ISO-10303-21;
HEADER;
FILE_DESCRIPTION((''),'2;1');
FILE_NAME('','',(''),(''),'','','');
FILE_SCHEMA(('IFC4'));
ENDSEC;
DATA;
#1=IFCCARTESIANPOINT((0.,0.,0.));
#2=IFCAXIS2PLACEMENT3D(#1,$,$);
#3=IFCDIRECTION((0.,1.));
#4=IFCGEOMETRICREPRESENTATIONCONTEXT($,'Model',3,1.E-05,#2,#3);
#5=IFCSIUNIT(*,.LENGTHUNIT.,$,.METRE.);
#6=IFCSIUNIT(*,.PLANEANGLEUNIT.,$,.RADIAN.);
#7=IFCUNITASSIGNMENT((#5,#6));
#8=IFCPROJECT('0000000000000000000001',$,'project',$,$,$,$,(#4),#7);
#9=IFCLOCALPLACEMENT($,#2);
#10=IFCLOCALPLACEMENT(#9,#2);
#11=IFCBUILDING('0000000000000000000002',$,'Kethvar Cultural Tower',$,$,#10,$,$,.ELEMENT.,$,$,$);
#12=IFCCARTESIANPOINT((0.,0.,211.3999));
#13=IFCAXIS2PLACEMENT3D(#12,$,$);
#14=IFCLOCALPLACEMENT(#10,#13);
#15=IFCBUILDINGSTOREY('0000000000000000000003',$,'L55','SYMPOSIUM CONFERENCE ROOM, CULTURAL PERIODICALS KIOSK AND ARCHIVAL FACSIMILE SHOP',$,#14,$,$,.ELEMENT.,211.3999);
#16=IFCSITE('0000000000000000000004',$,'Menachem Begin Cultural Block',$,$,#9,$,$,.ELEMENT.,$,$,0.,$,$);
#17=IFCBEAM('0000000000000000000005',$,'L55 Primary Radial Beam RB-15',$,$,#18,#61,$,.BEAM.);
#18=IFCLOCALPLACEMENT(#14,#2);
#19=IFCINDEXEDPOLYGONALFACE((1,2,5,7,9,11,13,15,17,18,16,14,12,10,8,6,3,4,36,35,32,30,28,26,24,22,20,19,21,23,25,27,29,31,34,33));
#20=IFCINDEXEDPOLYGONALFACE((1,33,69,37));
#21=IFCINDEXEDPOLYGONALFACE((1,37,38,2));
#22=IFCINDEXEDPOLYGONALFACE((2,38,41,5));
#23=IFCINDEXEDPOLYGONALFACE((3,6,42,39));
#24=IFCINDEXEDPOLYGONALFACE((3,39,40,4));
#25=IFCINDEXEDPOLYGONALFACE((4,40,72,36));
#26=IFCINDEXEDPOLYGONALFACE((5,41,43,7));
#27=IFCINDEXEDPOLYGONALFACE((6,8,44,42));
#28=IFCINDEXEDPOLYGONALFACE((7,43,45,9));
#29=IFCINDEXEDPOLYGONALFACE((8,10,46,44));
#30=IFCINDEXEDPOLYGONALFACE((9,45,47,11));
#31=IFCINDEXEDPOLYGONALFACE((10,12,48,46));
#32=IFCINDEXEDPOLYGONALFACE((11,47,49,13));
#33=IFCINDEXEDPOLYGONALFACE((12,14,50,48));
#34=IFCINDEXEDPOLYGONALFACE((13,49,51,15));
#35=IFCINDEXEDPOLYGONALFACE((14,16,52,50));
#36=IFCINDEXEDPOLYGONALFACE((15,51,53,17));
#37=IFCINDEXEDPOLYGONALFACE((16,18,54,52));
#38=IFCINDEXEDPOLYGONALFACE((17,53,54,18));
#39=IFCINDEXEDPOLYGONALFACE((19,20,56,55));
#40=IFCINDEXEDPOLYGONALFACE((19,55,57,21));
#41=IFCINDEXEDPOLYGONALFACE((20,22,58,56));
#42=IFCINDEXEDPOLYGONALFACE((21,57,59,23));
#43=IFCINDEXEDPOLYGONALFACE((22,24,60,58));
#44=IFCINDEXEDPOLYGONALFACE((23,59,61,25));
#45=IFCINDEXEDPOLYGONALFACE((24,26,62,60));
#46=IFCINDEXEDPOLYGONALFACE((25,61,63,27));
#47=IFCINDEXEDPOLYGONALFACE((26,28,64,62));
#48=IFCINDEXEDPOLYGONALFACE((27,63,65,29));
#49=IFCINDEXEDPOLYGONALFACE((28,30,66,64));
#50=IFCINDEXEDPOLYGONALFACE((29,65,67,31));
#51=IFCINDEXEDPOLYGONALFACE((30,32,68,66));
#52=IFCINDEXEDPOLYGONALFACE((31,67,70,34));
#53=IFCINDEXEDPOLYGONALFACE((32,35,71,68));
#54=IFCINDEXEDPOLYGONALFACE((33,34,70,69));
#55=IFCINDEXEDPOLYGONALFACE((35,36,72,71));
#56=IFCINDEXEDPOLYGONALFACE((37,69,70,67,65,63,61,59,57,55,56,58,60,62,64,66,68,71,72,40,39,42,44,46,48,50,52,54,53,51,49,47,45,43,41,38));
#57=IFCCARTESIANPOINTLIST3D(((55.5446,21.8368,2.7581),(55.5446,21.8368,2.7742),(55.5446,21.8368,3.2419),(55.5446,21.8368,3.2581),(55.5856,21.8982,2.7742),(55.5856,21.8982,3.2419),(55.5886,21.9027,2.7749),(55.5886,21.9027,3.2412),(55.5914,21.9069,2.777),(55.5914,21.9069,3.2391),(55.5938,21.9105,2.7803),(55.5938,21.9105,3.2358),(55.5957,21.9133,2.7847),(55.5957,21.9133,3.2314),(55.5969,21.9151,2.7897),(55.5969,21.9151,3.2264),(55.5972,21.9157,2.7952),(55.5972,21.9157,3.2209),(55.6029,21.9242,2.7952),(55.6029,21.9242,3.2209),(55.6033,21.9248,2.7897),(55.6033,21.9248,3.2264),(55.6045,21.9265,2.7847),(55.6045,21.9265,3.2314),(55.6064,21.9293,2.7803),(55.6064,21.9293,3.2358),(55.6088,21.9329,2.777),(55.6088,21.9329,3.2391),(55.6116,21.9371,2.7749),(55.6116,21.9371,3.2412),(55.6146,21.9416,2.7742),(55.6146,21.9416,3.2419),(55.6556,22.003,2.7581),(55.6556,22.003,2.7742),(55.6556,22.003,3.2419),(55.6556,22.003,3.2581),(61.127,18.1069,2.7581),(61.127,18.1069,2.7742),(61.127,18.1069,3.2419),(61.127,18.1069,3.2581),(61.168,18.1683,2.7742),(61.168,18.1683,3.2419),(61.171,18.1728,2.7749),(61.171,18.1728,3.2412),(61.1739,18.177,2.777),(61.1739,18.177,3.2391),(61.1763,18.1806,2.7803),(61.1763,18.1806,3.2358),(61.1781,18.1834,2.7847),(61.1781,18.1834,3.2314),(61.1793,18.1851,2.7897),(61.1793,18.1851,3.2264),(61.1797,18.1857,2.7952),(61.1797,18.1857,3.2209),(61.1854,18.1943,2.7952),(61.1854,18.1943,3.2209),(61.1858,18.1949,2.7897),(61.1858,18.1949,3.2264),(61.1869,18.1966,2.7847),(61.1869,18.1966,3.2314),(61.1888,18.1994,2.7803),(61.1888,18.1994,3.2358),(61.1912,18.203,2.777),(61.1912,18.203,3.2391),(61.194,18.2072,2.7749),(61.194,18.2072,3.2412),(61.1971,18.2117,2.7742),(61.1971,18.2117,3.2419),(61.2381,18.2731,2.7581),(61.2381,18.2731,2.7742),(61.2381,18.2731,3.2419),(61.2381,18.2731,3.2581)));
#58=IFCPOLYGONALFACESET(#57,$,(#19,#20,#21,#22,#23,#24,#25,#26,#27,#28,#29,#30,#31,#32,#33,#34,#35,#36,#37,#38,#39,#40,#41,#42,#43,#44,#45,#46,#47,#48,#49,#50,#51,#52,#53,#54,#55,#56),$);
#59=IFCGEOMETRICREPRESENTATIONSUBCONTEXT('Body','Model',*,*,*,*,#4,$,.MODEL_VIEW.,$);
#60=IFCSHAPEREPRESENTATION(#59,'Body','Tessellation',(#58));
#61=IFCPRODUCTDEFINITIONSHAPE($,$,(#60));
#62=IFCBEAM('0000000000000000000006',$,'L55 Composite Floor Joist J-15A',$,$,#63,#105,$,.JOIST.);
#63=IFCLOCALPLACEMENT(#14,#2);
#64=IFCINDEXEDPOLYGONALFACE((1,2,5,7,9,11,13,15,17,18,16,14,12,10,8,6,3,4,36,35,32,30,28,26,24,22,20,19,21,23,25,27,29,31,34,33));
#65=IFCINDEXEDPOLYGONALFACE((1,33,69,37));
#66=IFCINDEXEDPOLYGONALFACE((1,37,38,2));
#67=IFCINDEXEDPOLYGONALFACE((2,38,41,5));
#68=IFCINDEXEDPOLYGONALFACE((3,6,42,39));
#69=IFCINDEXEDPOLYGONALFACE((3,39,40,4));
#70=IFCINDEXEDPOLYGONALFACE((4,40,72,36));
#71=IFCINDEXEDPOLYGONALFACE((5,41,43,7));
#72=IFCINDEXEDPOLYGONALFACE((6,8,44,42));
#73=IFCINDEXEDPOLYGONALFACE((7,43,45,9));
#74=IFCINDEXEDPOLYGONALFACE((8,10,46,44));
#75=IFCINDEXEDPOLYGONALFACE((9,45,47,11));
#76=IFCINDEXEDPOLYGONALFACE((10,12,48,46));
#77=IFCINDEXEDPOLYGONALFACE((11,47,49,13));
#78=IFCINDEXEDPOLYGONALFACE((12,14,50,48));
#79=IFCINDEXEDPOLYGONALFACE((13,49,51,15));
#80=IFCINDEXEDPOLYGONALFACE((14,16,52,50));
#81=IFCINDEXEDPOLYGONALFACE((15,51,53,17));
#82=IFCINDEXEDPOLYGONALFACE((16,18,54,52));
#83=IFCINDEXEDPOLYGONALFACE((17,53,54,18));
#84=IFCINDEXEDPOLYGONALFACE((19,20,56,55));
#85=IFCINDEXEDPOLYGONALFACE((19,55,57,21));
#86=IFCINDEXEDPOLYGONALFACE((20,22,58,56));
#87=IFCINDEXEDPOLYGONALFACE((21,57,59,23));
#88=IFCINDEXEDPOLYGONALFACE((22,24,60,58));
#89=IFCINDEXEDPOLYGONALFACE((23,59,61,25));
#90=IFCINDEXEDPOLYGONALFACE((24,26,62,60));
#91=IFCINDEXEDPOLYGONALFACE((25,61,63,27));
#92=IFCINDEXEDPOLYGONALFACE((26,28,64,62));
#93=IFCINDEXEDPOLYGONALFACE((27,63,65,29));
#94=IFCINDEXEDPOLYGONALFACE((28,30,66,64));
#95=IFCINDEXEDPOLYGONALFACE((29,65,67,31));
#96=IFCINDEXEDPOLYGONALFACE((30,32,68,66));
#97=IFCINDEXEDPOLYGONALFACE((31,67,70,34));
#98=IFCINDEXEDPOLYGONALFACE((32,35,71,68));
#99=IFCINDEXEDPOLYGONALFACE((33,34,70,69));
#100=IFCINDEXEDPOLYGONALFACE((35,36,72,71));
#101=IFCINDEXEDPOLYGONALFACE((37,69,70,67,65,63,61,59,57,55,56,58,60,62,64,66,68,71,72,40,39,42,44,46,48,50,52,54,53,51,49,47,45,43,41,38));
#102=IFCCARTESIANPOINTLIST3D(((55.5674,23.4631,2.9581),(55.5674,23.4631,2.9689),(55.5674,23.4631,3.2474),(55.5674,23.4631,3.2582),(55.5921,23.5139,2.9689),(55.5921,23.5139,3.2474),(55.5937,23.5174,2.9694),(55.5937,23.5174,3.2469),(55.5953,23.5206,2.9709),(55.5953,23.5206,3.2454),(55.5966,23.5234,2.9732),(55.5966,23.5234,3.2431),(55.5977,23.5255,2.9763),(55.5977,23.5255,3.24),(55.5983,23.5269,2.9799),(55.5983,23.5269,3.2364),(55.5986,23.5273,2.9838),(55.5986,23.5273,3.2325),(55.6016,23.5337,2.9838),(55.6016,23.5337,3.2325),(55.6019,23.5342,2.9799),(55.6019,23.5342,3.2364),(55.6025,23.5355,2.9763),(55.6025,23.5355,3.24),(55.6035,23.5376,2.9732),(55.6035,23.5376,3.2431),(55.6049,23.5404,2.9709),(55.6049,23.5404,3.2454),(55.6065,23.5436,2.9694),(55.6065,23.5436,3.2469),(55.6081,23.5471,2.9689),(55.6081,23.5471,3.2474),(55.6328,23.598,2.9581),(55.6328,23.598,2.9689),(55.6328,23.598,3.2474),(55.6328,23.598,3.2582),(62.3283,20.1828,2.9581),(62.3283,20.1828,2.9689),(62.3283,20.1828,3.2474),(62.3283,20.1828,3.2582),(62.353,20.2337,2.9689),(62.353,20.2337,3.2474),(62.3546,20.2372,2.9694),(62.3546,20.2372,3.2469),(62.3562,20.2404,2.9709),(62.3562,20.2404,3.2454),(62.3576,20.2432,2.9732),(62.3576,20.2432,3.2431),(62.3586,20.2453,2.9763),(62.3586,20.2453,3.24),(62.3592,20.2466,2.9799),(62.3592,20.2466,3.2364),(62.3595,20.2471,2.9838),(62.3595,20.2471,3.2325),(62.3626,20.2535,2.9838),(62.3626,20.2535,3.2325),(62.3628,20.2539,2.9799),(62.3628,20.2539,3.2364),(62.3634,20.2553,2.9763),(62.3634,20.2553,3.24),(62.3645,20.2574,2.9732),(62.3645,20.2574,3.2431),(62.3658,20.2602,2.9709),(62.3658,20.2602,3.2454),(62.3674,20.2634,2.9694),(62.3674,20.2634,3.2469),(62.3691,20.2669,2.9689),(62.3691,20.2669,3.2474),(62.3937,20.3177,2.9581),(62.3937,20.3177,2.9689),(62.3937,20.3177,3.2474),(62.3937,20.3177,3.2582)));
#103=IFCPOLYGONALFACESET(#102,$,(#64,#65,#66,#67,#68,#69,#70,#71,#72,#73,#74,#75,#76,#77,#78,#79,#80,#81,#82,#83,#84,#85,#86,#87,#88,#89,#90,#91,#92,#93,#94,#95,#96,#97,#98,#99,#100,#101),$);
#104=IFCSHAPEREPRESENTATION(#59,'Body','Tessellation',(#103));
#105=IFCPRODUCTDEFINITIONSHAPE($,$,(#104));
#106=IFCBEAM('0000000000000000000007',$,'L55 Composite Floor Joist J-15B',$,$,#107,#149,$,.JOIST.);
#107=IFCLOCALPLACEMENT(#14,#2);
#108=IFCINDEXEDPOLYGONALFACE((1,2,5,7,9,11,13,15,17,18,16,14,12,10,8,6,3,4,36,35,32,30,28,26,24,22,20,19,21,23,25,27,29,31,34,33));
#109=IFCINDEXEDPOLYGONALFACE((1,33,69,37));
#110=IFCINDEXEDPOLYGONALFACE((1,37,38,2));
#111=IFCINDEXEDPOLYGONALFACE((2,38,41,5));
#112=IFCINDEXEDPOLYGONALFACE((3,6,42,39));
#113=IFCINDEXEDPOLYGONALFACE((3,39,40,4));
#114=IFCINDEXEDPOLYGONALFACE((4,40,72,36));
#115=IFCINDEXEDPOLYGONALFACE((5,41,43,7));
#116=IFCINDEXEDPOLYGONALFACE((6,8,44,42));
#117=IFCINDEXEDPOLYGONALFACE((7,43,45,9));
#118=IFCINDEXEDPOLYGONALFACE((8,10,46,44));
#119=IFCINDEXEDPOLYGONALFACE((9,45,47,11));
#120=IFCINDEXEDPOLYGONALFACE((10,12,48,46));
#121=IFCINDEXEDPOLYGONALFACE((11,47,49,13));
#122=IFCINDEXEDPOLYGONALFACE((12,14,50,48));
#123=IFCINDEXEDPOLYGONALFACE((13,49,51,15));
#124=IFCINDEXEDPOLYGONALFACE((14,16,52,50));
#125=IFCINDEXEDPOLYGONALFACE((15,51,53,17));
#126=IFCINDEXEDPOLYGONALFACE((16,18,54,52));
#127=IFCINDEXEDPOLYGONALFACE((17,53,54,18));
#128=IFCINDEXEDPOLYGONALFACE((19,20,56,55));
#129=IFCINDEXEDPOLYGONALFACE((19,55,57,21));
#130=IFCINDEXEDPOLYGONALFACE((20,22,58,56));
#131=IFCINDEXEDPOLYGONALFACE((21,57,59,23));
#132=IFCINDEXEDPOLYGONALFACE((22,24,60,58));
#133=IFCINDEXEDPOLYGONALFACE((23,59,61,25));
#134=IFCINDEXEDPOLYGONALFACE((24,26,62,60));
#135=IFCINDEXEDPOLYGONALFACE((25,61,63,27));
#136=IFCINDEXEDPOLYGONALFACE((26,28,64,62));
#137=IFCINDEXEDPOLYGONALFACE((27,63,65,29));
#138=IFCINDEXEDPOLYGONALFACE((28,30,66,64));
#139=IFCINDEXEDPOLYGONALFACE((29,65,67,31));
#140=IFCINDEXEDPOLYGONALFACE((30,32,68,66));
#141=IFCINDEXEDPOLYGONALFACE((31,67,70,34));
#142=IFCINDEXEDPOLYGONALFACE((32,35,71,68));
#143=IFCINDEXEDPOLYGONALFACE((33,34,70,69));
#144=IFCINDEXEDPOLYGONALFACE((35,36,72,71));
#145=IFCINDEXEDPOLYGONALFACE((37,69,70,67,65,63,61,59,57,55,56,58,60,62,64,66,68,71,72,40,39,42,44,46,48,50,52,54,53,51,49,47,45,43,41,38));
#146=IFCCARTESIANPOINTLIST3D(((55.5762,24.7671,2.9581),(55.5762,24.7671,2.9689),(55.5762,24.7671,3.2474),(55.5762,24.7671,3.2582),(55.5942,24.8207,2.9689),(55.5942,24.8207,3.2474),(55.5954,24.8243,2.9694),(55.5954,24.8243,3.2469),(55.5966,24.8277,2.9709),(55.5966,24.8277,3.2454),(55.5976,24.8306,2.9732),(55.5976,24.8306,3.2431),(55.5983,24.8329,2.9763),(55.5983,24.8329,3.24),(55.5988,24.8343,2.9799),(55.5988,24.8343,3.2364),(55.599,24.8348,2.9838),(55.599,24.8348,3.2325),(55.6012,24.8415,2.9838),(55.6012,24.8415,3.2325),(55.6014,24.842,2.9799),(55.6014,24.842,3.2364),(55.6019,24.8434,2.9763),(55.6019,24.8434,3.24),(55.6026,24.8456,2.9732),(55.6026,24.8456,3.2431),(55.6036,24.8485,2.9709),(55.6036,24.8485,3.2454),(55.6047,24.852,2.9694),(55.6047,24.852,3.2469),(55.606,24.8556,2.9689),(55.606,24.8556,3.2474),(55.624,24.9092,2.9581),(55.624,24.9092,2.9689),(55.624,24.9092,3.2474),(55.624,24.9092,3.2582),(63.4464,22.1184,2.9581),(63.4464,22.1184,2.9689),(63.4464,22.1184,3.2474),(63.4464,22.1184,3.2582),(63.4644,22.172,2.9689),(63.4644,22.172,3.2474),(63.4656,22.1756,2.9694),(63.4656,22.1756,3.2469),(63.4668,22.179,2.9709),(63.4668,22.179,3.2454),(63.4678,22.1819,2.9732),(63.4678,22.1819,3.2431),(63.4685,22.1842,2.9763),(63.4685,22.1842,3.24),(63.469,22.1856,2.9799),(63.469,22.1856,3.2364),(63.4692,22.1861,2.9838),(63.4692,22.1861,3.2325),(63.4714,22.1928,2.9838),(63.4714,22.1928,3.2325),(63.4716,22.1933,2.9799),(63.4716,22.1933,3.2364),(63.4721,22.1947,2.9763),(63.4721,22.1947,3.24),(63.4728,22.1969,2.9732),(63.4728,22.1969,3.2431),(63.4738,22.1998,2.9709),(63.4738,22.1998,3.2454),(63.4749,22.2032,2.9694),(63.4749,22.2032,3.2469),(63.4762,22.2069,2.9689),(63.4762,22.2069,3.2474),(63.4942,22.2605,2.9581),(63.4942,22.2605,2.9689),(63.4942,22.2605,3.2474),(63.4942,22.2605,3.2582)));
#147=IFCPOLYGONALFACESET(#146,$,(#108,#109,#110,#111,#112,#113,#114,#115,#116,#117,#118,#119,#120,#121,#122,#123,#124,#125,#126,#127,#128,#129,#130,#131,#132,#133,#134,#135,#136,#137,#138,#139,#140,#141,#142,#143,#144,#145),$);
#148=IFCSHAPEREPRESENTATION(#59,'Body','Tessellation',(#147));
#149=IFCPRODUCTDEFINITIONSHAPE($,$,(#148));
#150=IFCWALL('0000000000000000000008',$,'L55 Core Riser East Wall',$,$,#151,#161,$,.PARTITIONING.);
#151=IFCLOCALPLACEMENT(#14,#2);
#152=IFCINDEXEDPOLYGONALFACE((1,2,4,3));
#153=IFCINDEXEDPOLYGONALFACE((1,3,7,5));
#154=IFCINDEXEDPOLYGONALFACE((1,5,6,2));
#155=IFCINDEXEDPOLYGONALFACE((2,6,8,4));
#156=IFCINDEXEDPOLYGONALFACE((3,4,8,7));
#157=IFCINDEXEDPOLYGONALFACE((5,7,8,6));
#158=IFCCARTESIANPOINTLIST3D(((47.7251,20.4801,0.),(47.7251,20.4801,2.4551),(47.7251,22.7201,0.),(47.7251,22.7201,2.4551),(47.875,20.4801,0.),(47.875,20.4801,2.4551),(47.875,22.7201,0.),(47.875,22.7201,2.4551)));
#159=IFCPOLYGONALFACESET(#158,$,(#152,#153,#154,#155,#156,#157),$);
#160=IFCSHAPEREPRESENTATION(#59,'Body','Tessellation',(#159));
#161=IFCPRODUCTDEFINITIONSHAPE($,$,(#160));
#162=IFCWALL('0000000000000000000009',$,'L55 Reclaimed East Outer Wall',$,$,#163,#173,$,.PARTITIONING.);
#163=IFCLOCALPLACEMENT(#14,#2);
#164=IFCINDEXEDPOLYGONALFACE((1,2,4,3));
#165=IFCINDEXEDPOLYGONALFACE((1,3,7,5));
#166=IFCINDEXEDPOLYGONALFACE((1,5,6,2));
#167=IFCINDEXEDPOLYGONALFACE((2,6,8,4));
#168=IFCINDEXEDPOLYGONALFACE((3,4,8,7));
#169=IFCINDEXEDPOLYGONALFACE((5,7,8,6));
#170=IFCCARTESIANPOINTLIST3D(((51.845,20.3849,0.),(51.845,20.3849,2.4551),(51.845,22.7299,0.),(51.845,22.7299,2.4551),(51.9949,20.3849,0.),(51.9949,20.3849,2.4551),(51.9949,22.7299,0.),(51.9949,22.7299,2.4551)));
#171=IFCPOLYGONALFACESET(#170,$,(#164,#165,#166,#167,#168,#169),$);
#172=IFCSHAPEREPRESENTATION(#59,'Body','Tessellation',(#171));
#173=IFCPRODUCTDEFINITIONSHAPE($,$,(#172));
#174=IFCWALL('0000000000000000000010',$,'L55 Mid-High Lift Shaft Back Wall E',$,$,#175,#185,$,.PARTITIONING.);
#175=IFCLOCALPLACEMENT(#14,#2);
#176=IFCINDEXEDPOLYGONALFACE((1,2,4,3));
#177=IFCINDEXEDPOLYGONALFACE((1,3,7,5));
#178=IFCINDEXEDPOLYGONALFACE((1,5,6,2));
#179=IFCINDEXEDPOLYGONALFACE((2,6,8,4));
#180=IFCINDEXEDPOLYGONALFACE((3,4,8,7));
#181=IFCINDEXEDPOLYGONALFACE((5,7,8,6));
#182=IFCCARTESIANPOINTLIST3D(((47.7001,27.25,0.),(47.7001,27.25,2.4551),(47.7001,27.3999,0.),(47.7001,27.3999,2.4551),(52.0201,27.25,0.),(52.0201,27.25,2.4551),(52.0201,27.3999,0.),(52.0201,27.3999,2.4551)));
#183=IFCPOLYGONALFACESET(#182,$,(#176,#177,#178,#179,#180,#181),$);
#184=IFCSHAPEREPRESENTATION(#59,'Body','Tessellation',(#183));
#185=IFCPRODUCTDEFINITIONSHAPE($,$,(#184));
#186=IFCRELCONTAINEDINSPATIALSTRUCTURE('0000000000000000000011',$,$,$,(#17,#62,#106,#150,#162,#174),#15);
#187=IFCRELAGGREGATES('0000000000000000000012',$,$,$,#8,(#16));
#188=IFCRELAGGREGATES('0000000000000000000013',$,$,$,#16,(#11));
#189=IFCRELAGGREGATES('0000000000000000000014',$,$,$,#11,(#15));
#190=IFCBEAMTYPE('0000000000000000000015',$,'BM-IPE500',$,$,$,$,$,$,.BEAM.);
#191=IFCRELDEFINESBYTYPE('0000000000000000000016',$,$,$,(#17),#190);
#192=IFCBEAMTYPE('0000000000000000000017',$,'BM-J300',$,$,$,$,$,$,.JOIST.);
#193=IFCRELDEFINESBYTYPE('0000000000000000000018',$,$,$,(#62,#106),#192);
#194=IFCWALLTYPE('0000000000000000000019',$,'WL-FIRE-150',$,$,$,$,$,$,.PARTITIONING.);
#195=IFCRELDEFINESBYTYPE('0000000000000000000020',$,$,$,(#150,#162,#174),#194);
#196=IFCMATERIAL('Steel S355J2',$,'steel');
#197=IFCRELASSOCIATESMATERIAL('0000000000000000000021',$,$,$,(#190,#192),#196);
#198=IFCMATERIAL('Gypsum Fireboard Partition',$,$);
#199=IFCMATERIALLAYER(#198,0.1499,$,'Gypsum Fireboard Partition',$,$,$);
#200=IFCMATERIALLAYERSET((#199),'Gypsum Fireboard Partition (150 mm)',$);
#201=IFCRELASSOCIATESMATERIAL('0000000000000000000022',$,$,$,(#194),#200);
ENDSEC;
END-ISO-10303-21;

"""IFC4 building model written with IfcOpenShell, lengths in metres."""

from ifc_helpers import new_model, si_unit, direction, frame, frame_2d, origin, origin_2d, place, context, subcontext, project, spatial, rectangle, i_section, extrude, source, transform, mapped, material, layer, layer_set, material_profile, profile_set, type_object, element, save


model = new_model("IFC4")

# Units and contexts
model_context = context("Model", 3, precision=1e-05, world=origin(), true_north=direction((0.0, 1.0)))
body_context = subcontext(model_context, "Body", "Model", "MODEL_VIEW")
ifc_project = project(units=[si_unit("LENGTHUNIT", "METRE"), si_unit("PLANEANGLEUNIT", "RADIAN")], contexts=[model_context])

# Site, building, storey
site_placement = place(None, origin())
site = spatial("IfcSite", under=ifc_project, at=site_placement, Name="Menachem Begin Cultural Block", CompositionType="ELEMENT", RefElevation=0.0)
building_placement = place(site_placement, origin())
building = spatial("IfcBuilding", under=site, at=building_placement, Name="Kethvar Cultural Tower", CompositionType="ELEMENT")
storey_placement = place(building_placement, frame((0.0, 0.0, 211.3999)))
storey = spatial("IfcBuildingStorey", under=building, at=storey_placement, Name="L55", Description="SYMPOSIUM CONFERENCE ROOM, CULTURAL PERIODICALS KIOSK AND ARCHIVAL FACSIMILE SHOP", CompositionType="ELEMENT", Elevation=211.3999)

# Beams
ifc_material_1 = material(Name="Steel S355J2", Category="steel")
ifc_material_profile_1 = material_profile(ifc_material_1, i_section(OverallWidth=0.2, OverallDepth=0.5, WebThickness=0.0103, FlangeThickness=0.0161, FilletRadius=0.021, at=origin_2d()), Name="Steel S355J2 — IPE500")
ifc_profile_set_1 = profile_set([ifc_material_profile_1], Name="Steel S355J2 — IPE500")
beam_type_1 = type_object("IfcBeamType", Name="BM-IPE500", PredefinedType="BEAM", material=ifc_profile_set_1)
shared_shape_1 = source(origin(), body_context, "Body", "SweptSolid", [
    extrude(i_section(OverallWidth=0.2, OverallDepth=0.5, WebThickness=0.0103, FlangeThickness=0.0161, FilletRadius=0.021, at=origin_2d()), origin(), (0.0, 0.0, 1.0), 6.7139),
])
beam_1_placement = place(storey_placement, frame((55.6001, 21.9199, 3.0081), z_axis=(0.831479, -0.555556, 0.0), x_axis=(0.555556, 0.831479, 0.0)))
element("IfcBeam", 1, at=beam_1_placement, inside=storey, type_object=beam_type_1, Name="L55 Primary Radial Beam RB-15", PredefinedType="BEAM", context=body_context, shape_type="MappedRepresentation", body=[
    mapped(shared_shape_1, transform((0.0, 0.0, 0.0), scale=1.0)),
])
ifc_material_profile_2 = material_profile(ifc_material_1, i_section(OverallWidth=0.1499, OverallDepth=0.3, WebThickness=0.0071, FlangeThickness=0.0107, FilletRadius=0.0149, at=origin_2d()), Name="Steel S355J2 — IPE300")
ifc_profile_set_2 = profile_set([ifc_material_profile_2], Name="Steel S355J2 — IPE300")
beam_type_2 = type_object("IfcBeamType", Name="BM-J300", PredefinedType="JOIST", material=ifc_profile_set_2)
shared_shape_2 = source(origin(), body_context, "Body", "SweptSolid", [
    extrude(i_section(OverallWidth=0.1499, OverallDepth=0.3, WebThickness=0.0071, FlangeThickness=0.0107, FilletRadius=0.0149, at=origin_2d()), origin(), (0.0, 0.0, 1.0), 7.5146),
])
beam_2_placement = place(storey_placement, frame((55.6001, 23.5305, 3.1082), z_axis=(0.899698, -0.436513, 0.0), x_axis=(0.436513, 0.899698, 0.0)))
element("IfcBeam", 2, at=beam_2_placement, inside=storey, type_object=beam_type_2, Name="L55 Composite Floor Joist J-15A", PredefinedType="JOIST", context=body_context, shape_type="MappedRepresentation", body=[
    mapped(shared_shape_2, transform((0.0, 0.0, 0.0), scale=1.0)),
])
shared_shape_3 = source(origin(), body_context, "Body", "SweptSolid", [
    extrude(i_section(OverallWidth=0.1499, OverallDepth=0.3, WebThickness=0.0071, FlangeThickness=0.0107, FilletRadius=0.0149, at=origin_2d()), origin(), (0.0, 0.0, 1.0), 8.304),
])
beam_3_placement = place(storey_placement, frame((55.6001, 24.8381, 3.1082), z_axis=(0.947765, -0.31897, 0.0), x_axis=(0.31897, 0.947765, 0.0)))
element("IfcBeam", 3, at=beam_3_placement, inside=storey, type_object=beam_type_2, Name="L55 Composite Floor Joist J-15B", PredefinedType="JOIST", context=body_context, shape_type="MappedRepresentation", body=[
    mapped(shared_shape_3, transform((0.0, 0.0, 0.0), scale=1.0)),
])

# Walls
ifc_material_2 = material(Name="Gypsum Fireboard Partition")
ifc_layer_1 = layer(ifc_material_2, 0.1499, Name="Gypsum Fireboard Partition")
ifc_layer_set_1 = layer_set([ifc_layer_1], Name="Gypsum Fireboard Partition (150 mm)")
wall_type_1 = type_object("IfcWallType", Name="WL-FIRE-150", PredefinedType="PARTITIONING", material=ifc_layer_set_1)
wall_1_placement = place(storey_placement, frame((47.8, 20.48, 0.0), z_axis=(0.0, 0.0, 1.0), x_axis=(0.0, 1.0, 0.0)))
element("IfcWall", 4, at=wall_1_placement, inside=storey, type_object=wall_type_1, Name="L55 Core Riser East Wall", PredefinedType="PARTITIONING", context=body_context, shape_type="SweptSolid", body=[
    extrude(rectangle(XDim=2.24, YDim=0.1499, at=frame_2d((1.1201, 0.0))), origin(), (0.0, 0.0, 1.0), 2.4551),
])
wall_2_placement = place(storey_placement, frame((51.9199, 20.385, 0.0), z_axis=(0.0, 0.0, 1.0), x_axis=(0.0, 1.0, 0.0)))
element("IfcWall", 5, at=wall_2_placement, inside=storey, type_object=wall_type_1, Name="L55 Reclaimed East Outer Wall", PredefinedType="PARTITIONING", context=body_context, shape_type="SweptSolid", body=[
    extrude(rectangle(XDim=2.345, YDim=0.1499, at=frame_2d((1.1724, 0.0))), origin(), (0.0, 0.0, 1.0), 2.4551),
])
wall_3_placement = place(storey_placement, frame((47.7, 27.325, 0.0), z_axis=(0.0, 0.0, 1.0), x_axis=(1.0, 0.0, 0.0)))
element("IfcWall", 6, at=wall_3_placement, inside=storey, type_object=wall_type_1, Name="L55 Mid-High Lift Shaft Back Wall E", PredefinedType="PARTITIONING", context=body_context, shape_type="SweptSolid", body=[
    extrude(rectangle(XDim=4.3201, YDim=0.1499, at=frame_2d((2.1602, 0.0))), origin(), (0.0, 0.0, 1.0), 2.4551),
])

save(model, "model.ifc")
